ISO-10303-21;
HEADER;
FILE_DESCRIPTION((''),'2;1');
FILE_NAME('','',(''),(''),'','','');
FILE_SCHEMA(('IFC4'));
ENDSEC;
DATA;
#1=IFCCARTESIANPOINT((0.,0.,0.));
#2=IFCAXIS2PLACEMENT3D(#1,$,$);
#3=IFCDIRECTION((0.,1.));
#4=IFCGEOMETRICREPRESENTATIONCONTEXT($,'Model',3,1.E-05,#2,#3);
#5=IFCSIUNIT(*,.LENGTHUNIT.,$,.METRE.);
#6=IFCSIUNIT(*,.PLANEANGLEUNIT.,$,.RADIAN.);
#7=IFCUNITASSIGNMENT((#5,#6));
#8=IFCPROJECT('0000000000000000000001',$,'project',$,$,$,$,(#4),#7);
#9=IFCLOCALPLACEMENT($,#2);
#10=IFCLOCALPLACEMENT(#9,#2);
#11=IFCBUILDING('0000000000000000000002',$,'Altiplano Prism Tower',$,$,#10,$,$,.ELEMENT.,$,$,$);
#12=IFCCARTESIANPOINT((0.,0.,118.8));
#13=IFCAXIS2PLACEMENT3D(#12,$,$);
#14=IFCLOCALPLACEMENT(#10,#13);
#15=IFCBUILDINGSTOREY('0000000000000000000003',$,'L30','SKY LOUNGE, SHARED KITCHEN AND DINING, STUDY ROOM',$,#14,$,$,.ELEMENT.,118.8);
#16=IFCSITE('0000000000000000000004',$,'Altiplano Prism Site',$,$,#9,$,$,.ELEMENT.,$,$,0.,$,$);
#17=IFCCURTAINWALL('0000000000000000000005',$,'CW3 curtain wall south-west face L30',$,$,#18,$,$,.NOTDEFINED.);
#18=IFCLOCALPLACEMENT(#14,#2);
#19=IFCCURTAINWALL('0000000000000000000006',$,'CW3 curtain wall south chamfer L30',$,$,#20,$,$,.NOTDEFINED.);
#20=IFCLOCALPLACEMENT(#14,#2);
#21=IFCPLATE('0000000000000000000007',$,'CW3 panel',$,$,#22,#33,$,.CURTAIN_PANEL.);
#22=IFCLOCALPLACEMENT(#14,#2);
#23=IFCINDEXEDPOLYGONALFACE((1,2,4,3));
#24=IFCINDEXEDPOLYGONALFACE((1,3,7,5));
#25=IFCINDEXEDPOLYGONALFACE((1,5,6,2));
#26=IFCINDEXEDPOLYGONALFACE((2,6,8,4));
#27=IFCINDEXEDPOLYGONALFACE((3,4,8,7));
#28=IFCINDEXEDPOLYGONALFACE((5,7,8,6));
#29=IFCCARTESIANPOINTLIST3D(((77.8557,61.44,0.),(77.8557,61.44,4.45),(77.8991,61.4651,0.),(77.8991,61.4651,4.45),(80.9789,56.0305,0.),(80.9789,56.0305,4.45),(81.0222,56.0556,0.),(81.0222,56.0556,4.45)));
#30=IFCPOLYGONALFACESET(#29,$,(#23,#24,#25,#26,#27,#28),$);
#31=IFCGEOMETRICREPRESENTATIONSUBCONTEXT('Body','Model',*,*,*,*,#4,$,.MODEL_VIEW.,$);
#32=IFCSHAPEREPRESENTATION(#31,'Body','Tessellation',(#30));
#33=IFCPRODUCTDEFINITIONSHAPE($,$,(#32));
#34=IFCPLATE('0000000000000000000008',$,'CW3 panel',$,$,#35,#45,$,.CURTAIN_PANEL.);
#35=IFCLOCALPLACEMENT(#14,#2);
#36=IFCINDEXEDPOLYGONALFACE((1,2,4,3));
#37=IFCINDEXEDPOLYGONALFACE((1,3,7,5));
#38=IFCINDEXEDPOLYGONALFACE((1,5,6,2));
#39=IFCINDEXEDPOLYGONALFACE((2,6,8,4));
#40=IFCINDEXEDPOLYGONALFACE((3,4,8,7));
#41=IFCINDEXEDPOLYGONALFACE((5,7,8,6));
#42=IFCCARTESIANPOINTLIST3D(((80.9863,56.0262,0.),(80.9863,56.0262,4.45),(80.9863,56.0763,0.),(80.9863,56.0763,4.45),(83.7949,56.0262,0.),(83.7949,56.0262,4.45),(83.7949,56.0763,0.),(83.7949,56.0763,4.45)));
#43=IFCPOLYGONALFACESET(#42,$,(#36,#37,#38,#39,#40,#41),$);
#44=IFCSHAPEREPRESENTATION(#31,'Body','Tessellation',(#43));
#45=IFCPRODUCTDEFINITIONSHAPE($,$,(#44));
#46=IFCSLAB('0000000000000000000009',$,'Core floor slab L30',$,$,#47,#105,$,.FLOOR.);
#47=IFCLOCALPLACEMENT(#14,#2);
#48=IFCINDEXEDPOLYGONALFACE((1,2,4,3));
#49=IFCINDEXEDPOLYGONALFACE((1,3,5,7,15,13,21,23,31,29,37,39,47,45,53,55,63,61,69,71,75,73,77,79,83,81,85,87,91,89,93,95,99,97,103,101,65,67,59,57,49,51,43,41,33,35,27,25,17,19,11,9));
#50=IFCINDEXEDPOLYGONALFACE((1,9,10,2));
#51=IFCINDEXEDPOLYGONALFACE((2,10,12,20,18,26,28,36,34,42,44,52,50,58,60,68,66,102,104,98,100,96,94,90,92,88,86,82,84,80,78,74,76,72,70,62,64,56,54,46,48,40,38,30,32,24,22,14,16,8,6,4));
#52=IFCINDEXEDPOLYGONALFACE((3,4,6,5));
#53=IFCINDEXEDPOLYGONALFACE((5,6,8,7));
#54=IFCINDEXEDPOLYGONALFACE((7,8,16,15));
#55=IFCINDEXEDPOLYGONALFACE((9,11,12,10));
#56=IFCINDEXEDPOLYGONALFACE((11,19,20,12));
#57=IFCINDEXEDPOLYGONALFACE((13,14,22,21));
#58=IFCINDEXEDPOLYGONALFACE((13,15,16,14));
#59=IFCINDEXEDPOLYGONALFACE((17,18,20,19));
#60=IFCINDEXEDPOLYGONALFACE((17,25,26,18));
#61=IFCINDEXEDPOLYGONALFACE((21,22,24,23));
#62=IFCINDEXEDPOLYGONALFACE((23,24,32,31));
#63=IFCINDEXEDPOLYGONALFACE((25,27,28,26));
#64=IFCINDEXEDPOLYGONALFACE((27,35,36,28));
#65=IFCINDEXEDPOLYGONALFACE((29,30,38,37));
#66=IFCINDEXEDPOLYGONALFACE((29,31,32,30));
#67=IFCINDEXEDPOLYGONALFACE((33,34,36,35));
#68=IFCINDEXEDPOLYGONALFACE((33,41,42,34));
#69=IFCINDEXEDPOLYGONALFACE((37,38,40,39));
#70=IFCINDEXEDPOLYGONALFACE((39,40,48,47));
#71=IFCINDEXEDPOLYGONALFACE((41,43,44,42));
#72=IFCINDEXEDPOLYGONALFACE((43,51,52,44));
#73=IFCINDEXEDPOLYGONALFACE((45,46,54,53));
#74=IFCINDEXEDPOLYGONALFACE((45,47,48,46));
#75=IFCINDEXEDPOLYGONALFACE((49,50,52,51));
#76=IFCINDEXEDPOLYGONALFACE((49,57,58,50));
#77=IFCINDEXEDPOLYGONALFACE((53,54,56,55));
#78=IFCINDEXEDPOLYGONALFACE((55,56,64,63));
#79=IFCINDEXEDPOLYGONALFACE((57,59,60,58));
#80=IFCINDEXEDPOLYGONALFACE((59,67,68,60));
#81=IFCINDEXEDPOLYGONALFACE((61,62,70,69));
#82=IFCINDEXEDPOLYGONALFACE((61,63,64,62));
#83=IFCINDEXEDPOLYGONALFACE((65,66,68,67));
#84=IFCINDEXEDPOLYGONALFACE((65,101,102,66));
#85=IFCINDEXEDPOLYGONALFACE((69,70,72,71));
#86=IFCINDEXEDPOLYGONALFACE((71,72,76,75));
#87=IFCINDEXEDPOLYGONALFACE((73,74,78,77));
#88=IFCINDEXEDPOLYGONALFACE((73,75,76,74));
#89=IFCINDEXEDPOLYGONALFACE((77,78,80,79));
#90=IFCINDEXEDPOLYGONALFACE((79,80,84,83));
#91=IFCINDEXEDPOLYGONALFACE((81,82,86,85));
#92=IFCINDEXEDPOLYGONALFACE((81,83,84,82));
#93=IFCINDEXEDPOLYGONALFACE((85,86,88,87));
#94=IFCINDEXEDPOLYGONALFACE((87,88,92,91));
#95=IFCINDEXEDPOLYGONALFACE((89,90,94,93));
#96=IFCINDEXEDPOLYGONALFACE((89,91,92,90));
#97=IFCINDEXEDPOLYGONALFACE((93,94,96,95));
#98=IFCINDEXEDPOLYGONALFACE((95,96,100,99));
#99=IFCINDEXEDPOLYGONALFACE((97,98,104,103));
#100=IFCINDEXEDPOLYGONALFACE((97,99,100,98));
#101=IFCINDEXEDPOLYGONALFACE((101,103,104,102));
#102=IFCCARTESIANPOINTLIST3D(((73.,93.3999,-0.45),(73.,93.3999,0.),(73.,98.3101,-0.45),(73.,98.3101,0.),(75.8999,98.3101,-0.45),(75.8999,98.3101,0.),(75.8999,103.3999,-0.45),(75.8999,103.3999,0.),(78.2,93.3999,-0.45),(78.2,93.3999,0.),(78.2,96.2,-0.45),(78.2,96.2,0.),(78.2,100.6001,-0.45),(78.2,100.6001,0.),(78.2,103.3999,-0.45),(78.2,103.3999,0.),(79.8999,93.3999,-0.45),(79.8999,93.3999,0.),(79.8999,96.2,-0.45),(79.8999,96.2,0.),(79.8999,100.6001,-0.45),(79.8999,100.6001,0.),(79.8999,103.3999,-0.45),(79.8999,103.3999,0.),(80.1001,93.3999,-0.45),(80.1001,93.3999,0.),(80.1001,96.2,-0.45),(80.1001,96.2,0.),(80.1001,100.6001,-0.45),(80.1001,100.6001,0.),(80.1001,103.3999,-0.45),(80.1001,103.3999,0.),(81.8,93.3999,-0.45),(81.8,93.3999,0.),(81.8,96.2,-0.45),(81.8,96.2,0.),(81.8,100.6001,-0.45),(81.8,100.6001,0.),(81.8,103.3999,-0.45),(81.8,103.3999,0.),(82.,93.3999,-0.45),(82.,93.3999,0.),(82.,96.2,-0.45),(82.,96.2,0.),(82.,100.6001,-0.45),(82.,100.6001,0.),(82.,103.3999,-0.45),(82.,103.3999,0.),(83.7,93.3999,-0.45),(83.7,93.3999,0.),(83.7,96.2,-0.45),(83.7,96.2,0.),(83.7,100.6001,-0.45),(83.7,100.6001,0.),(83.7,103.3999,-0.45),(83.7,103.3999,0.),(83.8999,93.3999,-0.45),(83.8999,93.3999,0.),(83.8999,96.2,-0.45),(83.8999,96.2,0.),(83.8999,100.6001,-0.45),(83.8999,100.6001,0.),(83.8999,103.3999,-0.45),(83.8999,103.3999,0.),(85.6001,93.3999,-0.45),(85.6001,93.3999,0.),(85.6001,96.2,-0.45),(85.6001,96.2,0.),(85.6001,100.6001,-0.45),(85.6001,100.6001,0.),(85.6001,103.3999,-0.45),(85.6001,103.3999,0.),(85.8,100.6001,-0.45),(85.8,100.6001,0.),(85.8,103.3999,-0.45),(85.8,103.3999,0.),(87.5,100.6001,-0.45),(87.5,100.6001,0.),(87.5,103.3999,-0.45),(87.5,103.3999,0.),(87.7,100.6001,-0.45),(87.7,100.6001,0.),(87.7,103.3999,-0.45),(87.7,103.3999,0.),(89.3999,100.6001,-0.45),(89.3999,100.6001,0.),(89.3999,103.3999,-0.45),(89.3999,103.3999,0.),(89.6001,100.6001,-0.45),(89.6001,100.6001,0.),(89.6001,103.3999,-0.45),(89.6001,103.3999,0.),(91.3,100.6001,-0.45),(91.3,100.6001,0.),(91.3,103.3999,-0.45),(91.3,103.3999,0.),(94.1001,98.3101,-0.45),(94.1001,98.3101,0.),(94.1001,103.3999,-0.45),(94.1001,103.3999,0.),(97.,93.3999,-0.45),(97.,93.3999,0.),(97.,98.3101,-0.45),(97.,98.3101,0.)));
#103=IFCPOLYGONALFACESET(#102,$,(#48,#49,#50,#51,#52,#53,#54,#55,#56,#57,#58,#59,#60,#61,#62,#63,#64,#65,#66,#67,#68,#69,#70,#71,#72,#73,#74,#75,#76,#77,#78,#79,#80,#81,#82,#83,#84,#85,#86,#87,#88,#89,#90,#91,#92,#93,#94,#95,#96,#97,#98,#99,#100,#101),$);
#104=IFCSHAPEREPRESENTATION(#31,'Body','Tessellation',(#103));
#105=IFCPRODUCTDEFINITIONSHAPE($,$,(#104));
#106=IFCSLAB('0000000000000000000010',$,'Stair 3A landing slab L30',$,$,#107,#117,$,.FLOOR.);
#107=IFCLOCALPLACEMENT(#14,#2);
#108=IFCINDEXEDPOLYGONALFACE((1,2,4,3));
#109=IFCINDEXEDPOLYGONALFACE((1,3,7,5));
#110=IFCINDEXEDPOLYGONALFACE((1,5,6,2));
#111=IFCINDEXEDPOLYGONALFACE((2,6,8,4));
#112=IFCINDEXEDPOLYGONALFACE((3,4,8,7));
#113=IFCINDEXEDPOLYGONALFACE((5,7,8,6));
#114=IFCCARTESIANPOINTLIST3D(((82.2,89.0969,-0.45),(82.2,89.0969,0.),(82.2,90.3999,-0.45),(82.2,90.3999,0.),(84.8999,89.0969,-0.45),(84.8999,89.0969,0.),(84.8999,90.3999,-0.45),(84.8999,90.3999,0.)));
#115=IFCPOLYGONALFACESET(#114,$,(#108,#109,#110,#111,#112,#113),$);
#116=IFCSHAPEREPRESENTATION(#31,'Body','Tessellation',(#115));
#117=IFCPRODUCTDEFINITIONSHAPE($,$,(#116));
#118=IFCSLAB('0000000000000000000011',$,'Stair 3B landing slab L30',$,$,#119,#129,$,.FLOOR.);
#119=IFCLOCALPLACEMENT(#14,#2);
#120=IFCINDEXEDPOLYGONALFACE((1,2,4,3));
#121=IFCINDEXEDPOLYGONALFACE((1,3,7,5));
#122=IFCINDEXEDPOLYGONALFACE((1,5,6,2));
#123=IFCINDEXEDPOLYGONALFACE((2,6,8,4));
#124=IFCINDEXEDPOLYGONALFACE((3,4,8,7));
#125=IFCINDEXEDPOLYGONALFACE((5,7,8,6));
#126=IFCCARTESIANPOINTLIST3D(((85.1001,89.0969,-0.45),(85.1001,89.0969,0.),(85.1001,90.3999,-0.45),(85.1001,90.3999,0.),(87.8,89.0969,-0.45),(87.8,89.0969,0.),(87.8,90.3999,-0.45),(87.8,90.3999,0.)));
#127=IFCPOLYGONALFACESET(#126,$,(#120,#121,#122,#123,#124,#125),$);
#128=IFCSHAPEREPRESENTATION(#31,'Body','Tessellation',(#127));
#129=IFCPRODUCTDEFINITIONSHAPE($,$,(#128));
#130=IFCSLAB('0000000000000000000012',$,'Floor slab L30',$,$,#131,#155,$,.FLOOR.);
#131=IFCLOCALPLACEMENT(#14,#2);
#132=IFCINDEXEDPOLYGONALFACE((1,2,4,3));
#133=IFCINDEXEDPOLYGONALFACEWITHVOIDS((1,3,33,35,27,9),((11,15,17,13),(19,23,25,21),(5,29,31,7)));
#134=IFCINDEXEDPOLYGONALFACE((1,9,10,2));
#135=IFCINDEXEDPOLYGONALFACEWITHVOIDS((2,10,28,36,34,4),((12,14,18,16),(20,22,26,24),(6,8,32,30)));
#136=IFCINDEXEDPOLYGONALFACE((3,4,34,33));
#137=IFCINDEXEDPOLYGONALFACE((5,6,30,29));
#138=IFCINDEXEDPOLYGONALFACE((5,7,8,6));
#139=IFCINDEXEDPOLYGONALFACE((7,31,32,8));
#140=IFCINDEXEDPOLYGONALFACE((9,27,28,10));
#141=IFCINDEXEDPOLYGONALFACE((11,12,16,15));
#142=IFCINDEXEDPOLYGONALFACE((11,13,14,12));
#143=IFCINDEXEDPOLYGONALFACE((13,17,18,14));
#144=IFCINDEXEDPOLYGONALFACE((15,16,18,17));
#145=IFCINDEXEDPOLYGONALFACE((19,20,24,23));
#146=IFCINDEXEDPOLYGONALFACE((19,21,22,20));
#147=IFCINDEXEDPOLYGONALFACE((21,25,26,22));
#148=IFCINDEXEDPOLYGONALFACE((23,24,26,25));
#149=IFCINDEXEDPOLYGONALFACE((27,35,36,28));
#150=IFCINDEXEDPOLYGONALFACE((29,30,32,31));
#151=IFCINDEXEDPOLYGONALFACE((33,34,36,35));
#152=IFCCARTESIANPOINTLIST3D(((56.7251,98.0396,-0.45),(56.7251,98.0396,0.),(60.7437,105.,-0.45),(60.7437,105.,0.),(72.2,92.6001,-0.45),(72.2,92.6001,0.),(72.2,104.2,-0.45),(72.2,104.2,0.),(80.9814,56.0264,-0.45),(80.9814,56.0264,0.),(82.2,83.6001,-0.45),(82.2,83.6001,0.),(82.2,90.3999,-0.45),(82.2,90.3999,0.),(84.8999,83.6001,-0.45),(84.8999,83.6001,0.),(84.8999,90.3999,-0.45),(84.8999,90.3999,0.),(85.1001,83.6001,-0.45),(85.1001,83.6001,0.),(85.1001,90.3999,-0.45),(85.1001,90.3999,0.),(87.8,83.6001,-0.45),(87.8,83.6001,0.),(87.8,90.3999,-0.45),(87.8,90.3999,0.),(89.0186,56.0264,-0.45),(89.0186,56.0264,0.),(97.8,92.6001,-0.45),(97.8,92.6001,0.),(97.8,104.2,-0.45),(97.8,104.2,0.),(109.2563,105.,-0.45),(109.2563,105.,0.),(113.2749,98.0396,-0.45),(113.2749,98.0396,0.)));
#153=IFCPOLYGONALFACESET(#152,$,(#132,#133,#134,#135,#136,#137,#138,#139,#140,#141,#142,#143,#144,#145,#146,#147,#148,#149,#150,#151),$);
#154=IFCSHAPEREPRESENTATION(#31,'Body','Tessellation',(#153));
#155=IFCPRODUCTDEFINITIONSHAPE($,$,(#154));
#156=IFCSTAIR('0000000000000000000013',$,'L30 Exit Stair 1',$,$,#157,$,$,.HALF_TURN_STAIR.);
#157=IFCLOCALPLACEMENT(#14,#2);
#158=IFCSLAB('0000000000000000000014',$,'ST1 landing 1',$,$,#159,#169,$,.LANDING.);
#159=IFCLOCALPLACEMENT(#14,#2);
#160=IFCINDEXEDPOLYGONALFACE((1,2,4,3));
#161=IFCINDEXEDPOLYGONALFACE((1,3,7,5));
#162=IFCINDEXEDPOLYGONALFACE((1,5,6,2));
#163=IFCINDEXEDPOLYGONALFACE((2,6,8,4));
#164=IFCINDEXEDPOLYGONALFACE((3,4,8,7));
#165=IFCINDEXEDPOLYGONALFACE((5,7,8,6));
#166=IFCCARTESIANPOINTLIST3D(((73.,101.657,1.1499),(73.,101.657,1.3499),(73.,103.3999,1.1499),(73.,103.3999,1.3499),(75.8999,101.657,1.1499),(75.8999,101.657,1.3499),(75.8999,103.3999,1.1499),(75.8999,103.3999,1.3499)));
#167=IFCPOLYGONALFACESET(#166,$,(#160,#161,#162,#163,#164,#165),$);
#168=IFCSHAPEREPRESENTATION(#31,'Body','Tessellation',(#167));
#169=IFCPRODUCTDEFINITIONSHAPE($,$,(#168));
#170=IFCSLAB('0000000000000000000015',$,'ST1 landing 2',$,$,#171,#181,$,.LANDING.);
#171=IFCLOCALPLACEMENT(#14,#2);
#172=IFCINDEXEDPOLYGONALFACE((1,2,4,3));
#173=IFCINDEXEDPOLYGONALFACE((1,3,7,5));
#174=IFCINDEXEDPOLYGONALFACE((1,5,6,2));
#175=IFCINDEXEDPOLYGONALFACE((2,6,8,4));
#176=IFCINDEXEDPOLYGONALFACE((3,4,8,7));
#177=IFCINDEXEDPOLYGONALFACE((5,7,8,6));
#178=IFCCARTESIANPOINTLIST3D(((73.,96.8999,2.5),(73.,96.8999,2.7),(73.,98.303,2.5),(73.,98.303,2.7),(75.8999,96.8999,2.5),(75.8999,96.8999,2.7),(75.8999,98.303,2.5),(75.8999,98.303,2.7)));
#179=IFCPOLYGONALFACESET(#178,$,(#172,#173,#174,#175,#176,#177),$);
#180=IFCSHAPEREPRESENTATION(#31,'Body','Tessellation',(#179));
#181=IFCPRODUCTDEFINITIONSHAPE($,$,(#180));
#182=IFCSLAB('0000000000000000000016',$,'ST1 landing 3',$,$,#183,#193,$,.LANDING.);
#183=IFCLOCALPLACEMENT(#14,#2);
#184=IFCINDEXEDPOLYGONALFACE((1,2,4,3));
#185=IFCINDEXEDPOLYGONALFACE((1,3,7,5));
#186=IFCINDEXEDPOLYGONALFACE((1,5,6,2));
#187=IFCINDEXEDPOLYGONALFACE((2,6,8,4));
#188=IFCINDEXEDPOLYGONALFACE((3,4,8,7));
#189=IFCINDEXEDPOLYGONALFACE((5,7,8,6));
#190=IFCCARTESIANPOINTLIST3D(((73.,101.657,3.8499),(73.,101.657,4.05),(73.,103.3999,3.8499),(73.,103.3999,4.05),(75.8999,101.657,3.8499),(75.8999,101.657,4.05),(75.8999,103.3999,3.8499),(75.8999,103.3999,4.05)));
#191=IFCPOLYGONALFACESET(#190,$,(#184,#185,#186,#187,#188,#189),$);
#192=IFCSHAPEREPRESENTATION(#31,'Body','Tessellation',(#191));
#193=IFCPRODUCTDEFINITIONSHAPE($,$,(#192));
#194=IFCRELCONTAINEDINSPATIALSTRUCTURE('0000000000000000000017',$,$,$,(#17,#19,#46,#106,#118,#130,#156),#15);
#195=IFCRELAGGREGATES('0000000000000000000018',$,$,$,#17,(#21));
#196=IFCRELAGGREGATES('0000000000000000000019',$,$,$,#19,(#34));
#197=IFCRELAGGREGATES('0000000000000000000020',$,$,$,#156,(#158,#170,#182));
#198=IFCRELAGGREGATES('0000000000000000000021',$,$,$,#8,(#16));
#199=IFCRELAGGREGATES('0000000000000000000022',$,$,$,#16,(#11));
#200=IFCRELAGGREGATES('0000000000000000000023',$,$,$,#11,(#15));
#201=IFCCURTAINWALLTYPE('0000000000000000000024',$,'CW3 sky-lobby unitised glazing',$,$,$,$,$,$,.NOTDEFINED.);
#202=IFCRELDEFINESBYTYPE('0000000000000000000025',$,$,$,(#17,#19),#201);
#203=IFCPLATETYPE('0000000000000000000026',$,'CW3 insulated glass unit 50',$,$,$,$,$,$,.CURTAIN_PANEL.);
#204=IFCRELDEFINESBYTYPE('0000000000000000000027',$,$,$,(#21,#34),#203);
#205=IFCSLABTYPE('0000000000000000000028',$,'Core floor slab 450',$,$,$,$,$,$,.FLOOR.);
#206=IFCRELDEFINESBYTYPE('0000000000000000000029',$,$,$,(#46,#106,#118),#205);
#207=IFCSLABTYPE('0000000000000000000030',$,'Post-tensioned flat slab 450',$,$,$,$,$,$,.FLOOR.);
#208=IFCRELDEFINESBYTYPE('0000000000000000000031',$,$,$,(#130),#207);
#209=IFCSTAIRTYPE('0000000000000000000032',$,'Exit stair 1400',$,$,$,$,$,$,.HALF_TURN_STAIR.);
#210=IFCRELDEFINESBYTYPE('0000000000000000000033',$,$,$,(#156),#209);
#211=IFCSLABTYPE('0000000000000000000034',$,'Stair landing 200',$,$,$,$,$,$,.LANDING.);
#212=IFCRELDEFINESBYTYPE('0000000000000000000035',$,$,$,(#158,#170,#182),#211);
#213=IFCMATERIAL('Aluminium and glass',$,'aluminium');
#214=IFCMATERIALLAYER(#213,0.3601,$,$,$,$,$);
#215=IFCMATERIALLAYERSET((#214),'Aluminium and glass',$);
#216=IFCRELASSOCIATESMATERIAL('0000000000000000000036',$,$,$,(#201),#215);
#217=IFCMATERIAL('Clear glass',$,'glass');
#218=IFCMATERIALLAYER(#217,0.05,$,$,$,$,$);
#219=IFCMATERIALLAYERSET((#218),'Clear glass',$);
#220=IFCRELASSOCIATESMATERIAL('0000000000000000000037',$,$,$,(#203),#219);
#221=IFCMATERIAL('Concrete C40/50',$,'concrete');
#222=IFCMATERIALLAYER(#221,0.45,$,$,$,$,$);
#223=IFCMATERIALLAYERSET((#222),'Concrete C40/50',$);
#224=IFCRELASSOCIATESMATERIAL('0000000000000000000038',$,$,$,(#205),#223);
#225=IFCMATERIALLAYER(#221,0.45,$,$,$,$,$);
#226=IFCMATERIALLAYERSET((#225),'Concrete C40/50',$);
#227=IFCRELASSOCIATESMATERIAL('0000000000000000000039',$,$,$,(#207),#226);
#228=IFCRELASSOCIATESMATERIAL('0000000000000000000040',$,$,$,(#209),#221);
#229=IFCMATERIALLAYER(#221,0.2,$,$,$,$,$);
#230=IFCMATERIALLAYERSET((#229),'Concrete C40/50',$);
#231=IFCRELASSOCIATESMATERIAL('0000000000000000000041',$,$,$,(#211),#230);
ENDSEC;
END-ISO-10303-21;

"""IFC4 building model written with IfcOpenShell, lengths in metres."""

from ifc_helpers import new_model, si_unit, direction, frame, origin, origin_2d, place, context, subcontext, project, spatial, polyline, rectangle, outline, extrude, material, layer, layer_set, type_object, element, aggregate, save


model = new_model("IFC4")

# Units and contexts
model_context = context("Model", 3, precision=1e-05, world=origin(), true_north=direction((0.0, 1.0)))
body_context = subcontext(model_context, "Body", "Model", "MODEL_VIEW")
ifc_project = project(units=[si_unit("LENGTHUNIT", "METRE"), si_unit("PLANEANGLEUNIT", "RADIAN")], contexts=[model_context])

# Site, building, storey
site_placement = place(None, origin())
site = spatial("IfcSite", under=ifc_project, at=site_placement, Name="Altiplano Prism Site", CompositionType="ELEMENT", RefElevation=0.0)
building_placement = place(site_placement, origin())
building = spatial("IfcBuilding", under=site, at=building_placement, Name="Altiplano Prism Tower", CompositionType="ELEMENT")
storey_placement = place(building_placement, frame((0.0, 0.0, 118.8)))
storey = spatial("IfcBuildingStorey", under=building, at=storey_placement, Name="L30", Description="SKY LOUNGE, SHARED KITCHEN AND DINING, STUDY ROOM", CompositionType="ELEMENT", Elevation=118.8)

# Curtain wall
ifc_material_1 = material(Name="Aluminium and glass", Category="aluminium")
ifc_layer_1 = layer(ifc_material_1, 0.3601)
ifc_layer_set_1 = layer_set([ifc_layer_1], Name="Aluminium and glass")
curtain_wall_type = type_object("IfcCurtainWallType", Name="CW3 sky-lobby unitised glazing", PredefinedType="NOTDEFINED", material=ifc_layer_set_1)
curtain_wall_1_placement = place(storey_placement, origin())
curtain_wall_1 = element("IfcCurtainWall", 1, at=curtain_wall_1_placement, inside=storey, type_object=curtain_wall_type, Name="CW3 curtain wall south-west face L30", PredefinedType="NOTDEFINED")

# Curtain wall
curtain_wall_2_placement = place(storey_placement, origin())
curtain_wall_2 = element("IfcCurtainWall", 2, at=curtain_wall_2_placement, inside=storey, type_object=curtain_wall_type, Name="CW3 curtain wall south chamfer L30", PredefinedType="NOTDEFINED")

# Plates
ifc_material_2 = material(Name="Clear glass", Category="glass")
ifc_layer_2 = layer(ifc_material_2, 0.05)
ifc_layer_set_2 = layer_set([ifc_layer_2], Name="Clear glass")
plate_type = type_object("IfcPlateType", Name="CW3 insulated glass unit 50", PredefinedType="CURTAIN_PANEL", material=ifc_layer_set_2)
plate_1_placement = place(storey_placement, frame((79.439, 58.7478, 0.0), z_axis=(0.0, 0.0, 1.0), x_axis=(0.5, -0.866025, 0.0)))
plate_1 = element("IfcPlate", 3, at=plate_1_placement, type_object=plate_type, Name="CW3 panel", PredefinedType="CURTAIN_PANEL", context=body_context, shape_type="SweptSolid", body=[
    extrude(rectangle(XDim=6.2463, YDim=0.05, at=origin_2d()), origin(), (0.0, 0.0, 1.0), 4.45),
])
aggregate(curtain_wall_1, [plate_1])
plate_2_placement = place(storey_placement, frame((82.3906, 56.0513, 0.0), z_axis=(0.0, 0.0, 1.0), x_axis=(1.0, 0.0, 0.0)))
plate_2 = element("IfcPlate", 4, at=plate_2_placement, type_object=plate_type, Name="CW3 panel", PredefinedType="CURTAIN_PANEL", context=body_context, shape_type="SweptSolid", body=[
    extrude(rectangle(XDim=2.8086, YDim=0.05, at=origin_2d()), origin(), (0.0, 0.0, 1.0), 4.45),
])
aggregate(curtain_wall_2, [plate_2])

# Slabs
ifc_material_3 = material(Name="Concrete C40/50", Category="concrete")
ifc_layer_3 = layer(ifc_material_3, 0.45)
ifc_layer_set_3 = layer_set([ifc_layer_3], Name="Concrete C40/50")
slab_type_1 = type_object("IfcSlabType", Name="Core floor slab 450", PredefinedType="FLOOR", material=ifc_layer_set_3)
slab_1_placement = place(storey_placement, frame((0.0, 0.0, -0.45)))
element("IfcSlab", 5, at=slab_1_placement, inside=storey, type_object=slab_type_1, Name="Core floor slab L30", PredefinedType="FLOOR", context=body_context, shape_type="SweptSolid", body=[
    extrude(outline(polyline([(97.0, 98.3101), (94.1001, 98.3101), (94.1001, 103.3999), (91.3, 103.3999), (91.3, 100.6001), (89.6001, 100.6001), (89.6001, 103.3999), (89.3999, 103.3999), (89.3999, 100.6001), (87.7, 100.6001), (87.7, 103.3999), (87.5, 103.3999), (87.5, 100.6001), (85.8, 100.6001), (85.8, 103.3999), (85.6001, 103.3999), (85.6001, 100.6001), (83.8999, 100.6001), (83.8999, 103.3999), (83.7, 103.3999), (83.7, 100.6001), (82.0, 100.6001), (82.0, 103.3999), (81.8, 103.3999), (81.8, 100.6001), (80.1001, 100.6001), (80.1001, 103.3999), (79.8999, 103.3999), (79.8999, 100.6001), (78.2, 100.6001), (78.2, 103.3999), (75.8999, 103.3999), (75.8999, 98.3101), (73.0, 98.3101), (73.0, 93.3999), (78.2, 93.3999), (78.2, 96.2), (79.8999, 96.2), (79.8999, 93.3999), (80.1001, 93.3999), (80.1001, 96.2), (81.8, 96.2), (81.8, 93.3999), (82.0, 93.3999), (82.0, 96.2), (83.7, 96.2), (83.7, 93.3999), (83.8999, 93.3999), (83.8999, 96.2), (85.6001, 96.2), (85.6001, 93.3999), (97.0, 93.3999), (97.0, 98.3101)])), origin(), (0.0, 0.0, 1.0), 0.45),
])
slab_2_placement = place(storey_placement, frame((0.0, 0.0, -0.45)))
element("IfcSlab", 6, at=slab_2_placement, inside=storey, type_object=slab_type_1, Name="Stair 3A landing slab L30", PredefinedType="FLOOR", context=body_context, shape_type="SweptSolid", body=[
    extrude(outline(polyline([(82.2, 89.0969), (84.8999, 89.0969), (84.8999, 90.3999), (82.2, 90.3999), (82.2, 89.0969)])), origin(), (0.0, 0.0, 1.0), 0.45),
])
slab_3_placement = place(storey_placement, frame((0.0, 0.0, -0.45)))
element("IfcSlab", 7, at=slab_3_placement, inside=storey, type_object=slab_type_1, Name="Stair 3B landing slab L30", PredefinedType="FLOOR", context=body_context, shape_type="SweptSolid", body=[
    extrude(outline(polyline([(85.1001, 89.0969), (87.8, 89.0969), (87.8, 90.3999), (85.1001, 90.3999), (85.1001, 89.0969)])), origin(), (0.0, 0.0, 1.0), 0.45),
])
ifc_layer_4 = layer(ifc_material_3, 0.45)
ifc_layer_set_4 = layer_set([ifc_layer_4], Name="Concrete C40/50")
slab_type_2 = type_object("IfcSlabType", Name="Post-tensioned flat slab 450", PredefinedType="FLOOR", material=ifc_layer_set_4)
slab_4_placement = place(storey_placement, frame((0.0, 0.0, -0.45)))
element("IfcSlab", 8, at=slab_4_placement, inside=storey, type_object=slab_type_2, Name="Floor slab L30", PredefinedType="FLOOR", context=body_context, shape_type="SweptSolid", body=[
    extrude(outline(polyline([(80.9814, 56.0264), (56.7251, 98.0396), (60.7437, 105.0), (109.2563, 105.0), (113.2749, 98.0396), (89.0186, 56.0264), (80.9814, 56.0264)]), holes=[polyline([(72.2, 104.2), (72.2, 92.6001), (97.8, 92.6001), (97.8, 104.2), (72.2, 104.2)]), polyline([(84.8999, 90.3999), (82.2, 90.3999), (82.2, 83.6001), (84.8999, 83.6001), (84.8999, 90.3999)]), polyline([(87.8, 83.6001), (87.8, 90.3999), (85.1001, 90.3999), (85.1001, 83.6001), (87.8, 83.6001)])]), origin(), (0.0, 0.0, 1.0), 0.45),
])

# Stair, slabs
stair_type_1 = type_object("IfcStairType", Name="Exit stair 1400", PredefinedType="HALF_TURN_STAIR", material=ifc_material_3)
stair_1_placement = place(storey_placement, origin())
stair_1 = element("IfcStair", 9, at=stair_1_placement, inside=storey, type_object=stair_type_1, Name="L30 Exit Stair 1", PredefinedType="HALF_TURN_STAIR")
ifc_layer_5 = layer(ifc_material_3, 0.2)
ifc_layer_set_5 = layer_set([ifc_layer_5], Name="Concrete C40/50")
slab_type_3 = type_object("IfcSlabType", Name="Stair landing 200", PredefinedType="LANDING", material=ifc_layer_set_5)
slab_5_placement = place(storey_placement, frame((0.0, 0.0, 1.1499)))
slab_5 = element("IfcSlab", 10, at=slab_5_placement, type_object=slab_type_3, Name="ST1 landing 1", PredefinedType="LANDING", context=body_context, shape_type="SweptSolid", body=[
    extrude(outline(polyline([(75.8999, 101.657), (75.8999, 103.3999), (73.0, 103.3999), (73.0, 101.657), (75.8999, 101.657)])), origin(), (0.0, 0.0, 1.0), 0.2),
])
slab_6_placement = place(storey_placement, frame((0.0, 0.0, 2.5)))
slab_6 = element("IfcSlab", 11, at=slab_6_placement, type_object=slab_type_3, Name="ST1 landing 2", PredefinedType="LANDING", context=body_context, shape_type="SweptSolid", body=[
    extrude(outline(polyline([(75.8999, 96.8999), (75.8999, 98.303), (73.0, 98.303), (73.0, 96.8999), (75.8999, 96.8999)])), origin(), (0.0, 0.0, 1.0), 0.2),
])
slab_7_placement = place(storey_placement, frame((0.0, 0.0, 3.8499)))
slab_7 = element("IfcSlab", 12, at=slab_7_placement, type_object=slab_type_3, Name="ST1 landing 3", PredefinedType="LANDING", context=body_context, shape_type="SweptSolid", body=[
    extrude(outline(polyline([(75.8999, 101.657), (75.8999, 103.3999), (73.0, 103.3999), (73.0, 101.657), (75.8999, 101.657)])), origin(), (0.0, 0.0, 1.0), 0.2002),
])
aggregate(stair_1, [slab_5, slab_6, slab_7])

save(model, "model.ifc")
